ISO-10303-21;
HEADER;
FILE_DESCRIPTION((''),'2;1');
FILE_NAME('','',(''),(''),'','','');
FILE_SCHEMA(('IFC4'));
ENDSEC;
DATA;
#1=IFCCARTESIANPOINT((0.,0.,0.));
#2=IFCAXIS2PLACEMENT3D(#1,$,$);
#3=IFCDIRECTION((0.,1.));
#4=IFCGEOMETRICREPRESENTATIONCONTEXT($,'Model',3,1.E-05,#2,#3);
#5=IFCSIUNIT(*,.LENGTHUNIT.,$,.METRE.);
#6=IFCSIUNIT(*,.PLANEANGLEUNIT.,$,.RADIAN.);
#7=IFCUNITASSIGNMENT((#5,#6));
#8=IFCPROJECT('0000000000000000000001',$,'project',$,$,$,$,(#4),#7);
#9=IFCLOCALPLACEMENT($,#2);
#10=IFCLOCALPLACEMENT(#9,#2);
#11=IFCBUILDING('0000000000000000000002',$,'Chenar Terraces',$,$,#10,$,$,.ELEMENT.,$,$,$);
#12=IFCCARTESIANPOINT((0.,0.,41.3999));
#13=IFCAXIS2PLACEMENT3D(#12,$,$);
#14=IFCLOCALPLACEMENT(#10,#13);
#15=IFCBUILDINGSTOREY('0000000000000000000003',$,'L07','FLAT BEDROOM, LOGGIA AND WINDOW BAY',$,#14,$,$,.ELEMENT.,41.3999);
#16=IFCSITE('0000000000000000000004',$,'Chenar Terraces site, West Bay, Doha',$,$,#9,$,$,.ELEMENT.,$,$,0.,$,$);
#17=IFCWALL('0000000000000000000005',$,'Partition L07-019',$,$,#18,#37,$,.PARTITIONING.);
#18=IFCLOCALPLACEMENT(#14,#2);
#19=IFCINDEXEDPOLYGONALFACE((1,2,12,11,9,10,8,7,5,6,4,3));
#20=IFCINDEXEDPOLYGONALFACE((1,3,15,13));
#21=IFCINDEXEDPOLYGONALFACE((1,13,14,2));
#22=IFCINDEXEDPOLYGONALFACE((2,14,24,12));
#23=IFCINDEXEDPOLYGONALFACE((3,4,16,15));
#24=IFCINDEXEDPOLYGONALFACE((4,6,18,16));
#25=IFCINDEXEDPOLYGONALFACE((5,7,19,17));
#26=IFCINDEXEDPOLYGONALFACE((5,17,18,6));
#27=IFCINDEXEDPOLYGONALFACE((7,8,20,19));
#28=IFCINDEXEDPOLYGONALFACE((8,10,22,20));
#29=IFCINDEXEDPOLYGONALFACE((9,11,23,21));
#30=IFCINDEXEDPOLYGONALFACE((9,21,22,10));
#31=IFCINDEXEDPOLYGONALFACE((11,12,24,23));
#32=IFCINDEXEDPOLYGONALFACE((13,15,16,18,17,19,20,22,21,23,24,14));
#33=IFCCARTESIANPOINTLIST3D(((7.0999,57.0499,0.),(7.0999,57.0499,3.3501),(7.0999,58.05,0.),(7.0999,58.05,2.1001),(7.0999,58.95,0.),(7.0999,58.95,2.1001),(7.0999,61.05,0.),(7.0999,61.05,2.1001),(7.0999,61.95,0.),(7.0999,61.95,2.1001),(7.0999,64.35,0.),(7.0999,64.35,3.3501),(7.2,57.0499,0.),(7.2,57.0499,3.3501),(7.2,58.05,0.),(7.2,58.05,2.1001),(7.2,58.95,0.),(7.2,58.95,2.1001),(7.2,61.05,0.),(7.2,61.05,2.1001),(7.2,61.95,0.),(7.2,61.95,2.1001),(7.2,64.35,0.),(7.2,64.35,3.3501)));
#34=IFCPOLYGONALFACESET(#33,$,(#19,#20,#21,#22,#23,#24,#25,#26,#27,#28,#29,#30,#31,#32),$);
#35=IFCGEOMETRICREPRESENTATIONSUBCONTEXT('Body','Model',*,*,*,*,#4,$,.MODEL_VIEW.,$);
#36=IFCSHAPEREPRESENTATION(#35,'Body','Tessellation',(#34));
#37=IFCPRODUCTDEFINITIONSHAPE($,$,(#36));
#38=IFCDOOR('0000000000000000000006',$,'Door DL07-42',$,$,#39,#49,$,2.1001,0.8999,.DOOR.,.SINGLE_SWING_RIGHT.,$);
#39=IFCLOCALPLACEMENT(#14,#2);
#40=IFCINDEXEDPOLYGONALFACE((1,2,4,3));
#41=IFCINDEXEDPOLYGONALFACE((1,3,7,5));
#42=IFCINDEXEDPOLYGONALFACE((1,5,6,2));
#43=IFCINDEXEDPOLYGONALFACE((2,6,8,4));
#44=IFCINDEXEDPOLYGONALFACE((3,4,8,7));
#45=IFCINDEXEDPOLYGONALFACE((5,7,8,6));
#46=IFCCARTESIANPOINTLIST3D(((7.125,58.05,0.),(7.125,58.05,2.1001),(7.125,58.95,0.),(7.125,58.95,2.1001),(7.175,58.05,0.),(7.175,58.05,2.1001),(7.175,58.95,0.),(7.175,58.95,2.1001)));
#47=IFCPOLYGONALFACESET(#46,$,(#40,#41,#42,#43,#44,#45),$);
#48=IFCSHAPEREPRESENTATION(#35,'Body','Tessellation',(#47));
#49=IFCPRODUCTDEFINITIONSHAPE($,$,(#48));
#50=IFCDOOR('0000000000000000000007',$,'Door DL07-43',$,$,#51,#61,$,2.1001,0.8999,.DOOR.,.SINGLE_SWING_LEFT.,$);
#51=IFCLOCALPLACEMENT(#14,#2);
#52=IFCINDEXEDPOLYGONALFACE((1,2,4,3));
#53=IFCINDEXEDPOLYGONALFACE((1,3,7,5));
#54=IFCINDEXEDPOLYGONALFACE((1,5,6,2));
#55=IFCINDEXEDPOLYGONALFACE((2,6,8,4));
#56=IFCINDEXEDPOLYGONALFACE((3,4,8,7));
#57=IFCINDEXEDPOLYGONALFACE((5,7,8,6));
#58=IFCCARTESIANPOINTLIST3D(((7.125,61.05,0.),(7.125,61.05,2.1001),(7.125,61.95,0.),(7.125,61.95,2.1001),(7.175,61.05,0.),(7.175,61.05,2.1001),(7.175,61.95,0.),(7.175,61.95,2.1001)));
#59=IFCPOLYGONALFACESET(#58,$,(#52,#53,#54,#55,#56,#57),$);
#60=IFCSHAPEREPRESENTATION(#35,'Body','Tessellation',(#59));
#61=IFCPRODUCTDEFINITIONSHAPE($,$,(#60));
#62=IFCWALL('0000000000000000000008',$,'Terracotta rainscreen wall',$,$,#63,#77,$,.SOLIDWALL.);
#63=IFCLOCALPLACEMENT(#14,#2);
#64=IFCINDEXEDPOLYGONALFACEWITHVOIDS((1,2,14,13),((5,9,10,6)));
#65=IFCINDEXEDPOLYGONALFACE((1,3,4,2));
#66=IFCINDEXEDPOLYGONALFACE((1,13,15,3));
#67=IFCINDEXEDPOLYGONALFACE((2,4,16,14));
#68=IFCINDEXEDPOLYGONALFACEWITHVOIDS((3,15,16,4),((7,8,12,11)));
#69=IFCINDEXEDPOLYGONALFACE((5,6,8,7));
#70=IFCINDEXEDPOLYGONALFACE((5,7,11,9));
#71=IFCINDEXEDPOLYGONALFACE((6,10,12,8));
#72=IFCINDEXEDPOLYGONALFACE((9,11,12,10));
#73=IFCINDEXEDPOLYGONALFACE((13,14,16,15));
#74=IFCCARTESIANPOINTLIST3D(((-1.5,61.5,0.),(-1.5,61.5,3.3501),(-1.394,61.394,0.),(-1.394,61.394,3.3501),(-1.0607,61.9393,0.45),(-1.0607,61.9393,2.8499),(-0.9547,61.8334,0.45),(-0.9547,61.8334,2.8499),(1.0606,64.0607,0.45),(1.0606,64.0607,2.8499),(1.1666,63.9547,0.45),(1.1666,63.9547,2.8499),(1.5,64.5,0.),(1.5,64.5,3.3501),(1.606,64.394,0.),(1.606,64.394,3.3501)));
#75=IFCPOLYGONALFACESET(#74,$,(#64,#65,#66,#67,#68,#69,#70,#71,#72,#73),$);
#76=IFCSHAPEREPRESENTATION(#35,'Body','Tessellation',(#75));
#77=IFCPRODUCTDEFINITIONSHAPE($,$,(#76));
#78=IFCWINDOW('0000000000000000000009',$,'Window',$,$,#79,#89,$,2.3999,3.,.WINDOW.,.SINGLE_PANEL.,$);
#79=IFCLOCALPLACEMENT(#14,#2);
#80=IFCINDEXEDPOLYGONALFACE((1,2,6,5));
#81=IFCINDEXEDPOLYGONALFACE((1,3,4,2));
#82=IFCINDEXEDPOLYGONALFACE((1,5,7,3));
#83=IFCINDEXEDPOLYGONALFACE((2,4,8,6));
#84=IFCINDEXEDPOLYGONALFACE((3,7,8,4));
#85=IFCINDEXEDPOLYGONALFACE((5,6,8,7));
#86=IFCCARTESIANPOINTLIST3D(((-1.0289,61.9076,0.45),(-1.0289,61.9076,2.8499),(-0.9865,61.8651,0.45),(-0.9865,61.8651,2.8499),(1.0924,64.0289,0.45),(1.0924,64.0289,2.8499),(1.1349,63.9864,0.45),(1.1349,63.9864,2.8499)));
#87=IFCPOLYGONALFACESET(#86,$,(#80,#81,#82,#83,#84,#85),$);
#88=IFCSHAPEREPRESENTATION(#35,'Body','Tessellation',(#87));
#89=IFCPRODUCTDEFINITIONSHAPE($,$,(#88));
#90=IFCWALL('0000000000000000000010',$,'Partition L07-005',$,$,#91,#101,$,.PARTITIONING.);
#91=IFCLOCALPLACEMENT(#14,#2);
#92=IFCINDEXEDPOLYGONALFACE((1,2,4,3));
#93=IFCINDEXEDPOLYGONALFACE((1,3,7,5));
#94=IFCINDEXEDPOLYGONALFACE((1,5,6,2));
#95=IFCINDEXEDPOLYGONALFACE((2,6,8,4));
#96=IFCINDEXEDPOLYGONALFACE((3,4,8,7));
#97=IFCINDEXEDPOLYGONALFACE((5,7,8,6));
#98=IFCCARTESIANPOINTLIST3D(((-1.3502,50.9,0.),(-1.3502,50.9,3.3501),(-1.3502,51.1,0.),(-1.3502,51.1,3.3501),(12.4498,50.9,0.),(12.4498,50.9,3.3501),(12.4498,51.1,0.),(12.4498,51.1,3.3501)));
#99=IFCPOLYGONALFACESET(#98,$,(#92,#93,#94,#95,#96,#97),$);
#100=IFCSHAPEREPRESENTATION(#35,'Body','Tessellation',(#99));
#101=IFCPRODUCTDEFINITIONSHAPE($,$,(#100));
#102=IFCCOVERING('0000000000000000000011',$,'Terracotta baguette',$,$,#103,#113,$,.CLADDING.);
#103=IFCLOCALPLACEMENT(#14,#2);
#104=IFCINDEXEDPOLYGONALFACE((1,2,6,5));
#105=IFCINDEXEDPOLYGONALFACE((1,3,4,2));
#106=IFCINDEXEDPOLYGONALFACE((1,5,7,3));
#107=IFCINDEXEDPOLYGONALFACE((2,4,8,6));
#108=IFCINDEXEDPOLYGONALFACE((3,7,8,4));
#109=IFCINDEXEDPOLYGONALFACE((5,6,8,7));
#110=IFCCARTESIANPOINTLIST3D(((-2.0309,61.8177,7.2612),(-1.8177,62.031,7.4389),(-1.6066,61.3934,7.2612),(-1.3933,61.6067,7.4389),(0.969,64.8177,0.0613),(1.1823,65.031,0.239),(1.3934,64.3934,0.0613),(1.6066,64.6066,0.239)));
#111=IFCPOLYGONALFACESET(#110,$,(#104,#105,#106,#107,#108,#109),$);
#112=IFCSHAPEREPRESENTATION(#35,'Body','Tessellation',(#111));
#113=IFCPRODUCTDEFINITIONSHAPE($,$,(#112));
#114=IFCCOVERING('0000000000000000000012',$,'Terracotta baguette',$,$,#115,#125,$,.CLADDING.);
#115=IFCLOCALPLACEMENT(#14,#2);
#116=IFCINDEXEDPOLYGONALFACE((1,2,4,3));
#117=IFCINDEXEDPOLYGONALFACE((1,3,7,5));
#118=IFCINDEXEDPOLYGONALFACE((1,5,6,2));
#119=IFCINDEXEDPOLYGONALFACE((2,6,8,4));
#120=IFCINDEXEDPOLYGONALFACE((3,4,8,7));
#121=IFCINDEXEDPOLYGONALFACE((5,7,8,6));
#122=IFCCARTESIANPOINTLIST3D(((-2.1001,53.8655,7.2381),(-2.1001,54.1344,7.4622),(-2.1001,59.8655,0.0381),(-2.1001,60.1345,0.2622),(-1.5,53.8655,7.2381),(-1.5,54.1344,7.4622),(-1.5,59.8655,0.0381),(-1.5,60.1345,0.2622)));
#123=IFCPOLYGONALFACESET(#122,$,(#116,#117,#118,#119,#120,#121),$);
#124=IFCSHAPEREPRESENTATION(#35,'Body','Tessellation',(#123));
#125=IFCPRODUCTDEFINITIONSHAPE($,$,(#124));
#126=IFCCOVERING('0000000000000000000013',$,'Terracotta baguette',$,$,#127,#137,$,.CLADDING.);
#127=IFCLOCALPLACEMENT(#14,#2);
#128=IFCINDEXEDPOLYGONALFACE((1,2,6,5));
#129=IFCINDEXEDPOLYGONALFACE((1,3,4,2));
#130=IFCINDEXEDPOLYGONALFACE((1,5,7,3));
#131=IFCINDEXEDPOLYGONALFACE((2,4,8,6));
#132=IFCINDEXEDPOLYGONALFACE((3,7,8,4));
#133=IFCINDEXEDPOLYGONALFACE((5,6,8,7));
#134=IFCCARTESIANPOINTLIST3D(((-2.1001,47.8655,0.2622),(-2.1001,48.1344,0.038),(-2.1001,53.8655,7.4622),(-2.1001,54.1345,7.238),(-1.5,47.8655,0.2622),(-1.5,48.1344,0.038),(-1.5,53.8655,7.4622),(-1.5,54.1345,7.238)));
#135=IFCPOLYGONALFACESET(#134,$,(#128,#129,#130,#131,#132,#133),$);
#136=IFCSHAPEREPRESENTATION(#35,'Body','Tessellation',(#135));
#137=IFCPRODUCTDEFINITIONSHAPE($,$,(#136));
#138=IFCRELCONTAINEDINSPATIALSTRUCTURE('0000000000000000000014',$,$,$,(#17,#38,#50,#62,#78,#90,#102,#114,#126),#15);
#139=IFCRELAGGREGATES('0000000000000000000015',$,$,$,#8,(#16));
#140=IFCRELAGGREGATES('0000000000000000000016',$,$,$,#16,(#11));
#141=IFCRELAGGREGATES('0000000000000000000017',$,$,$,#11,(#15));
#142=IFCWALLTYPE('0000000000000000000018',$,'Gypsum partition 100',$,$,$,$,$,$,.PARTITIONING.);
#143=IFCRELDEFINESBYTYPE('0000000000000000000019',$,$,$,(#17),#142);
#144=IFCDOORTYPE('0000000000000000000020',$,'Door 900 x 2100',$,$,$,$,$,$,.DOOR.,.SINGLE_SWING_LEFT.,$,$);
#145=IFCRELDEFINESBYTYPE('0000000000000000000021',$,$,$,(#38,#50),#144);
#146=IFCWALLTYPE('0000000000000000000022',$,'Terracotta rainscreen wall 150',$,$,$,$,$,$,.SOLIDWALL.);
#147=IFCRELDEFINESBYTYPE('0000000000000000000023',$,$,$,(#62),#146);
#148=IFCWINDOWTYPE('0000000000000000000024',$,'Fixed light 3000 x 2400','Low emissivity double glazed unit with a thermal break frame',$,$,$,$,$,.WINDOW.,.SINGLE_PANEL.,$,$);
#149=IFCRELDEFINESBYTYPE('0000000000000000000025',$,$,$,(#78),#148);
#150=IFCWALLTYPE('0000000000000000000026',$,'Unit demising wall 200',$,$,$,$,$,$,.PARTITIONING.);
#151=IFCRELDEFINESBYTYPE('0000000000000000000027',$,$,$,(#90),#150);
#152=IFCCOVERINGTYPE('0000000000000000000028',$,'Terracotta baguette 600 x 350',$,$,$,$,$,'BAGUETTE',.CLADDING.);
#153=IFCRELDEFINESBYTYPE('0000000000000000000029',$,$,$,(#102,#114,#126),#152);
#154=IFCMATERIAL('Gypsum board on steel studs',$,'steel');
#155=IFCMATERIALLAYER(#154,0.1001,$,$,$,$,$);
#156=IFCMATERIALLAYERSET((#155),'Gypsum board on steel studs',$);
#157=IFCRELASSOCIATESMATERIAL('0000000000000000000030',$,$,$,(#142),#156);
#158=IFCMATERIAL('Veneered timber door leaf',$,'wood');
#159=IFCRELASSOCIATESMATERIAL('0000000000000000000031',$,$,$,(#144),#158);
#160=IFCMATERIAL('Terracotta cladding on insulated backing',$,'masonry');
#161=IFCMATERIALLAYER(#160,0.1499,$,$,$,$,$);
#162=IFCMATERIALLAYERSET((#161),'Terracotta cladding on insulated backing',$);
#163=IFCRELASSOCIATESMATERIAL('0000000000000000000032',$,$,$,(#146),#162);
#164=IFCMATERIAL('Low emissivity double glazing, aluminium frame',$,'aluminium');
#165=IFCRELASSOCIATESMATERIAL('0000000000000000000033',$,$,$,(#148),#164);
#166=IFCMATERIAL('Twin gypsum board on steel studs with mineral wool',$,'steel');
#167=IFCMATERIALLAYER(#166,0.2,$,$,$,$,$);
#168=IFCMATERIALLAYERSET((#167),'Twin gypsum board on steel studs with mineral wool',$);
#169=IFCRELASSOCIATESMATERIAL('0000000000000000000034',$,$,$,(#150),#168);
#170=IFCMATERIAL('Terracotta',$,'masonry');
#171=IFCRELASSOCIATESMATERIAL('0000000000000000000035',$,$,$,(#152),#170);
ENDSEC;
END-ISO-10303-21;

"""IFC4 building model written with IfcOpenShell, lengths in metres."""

from ifc_helpers import new_model, si_unit, direction, frame, frame_2d, origin, origin_2d, place, context, subcontext, project, spatial, rectangle, extrude, material, layer, layer_set, material_profile, profile_set, type_object, element, fill, save


model = new_model("IFC4")

# Units and contexts
model_context = context("Model", 3, precision=1e-05, world=origin(), true_north=direction((0.0, 1.0)))
body_context = subcontext(model_context, "Body", "Model", "MODEL_VIEW")
ifc_project = project(units=[si_unit("LENGTHUNIT", "METRE"), si_unit("PLANEANGLEUNIT", "RADIAN")], contexts=[model_context])

# Site, building, storey
site_placement = place(None, origin())
site = spatial("IfcSite", under=ifc_project, at=site_placement, Name="Chenar Terraces site, West Bay, Doha", CompositionType="ELEMENT", RefElevation=0.0)
building_placement = place(site_placement, origin())
building = spatial("IfcBuilding", under=site, at=building_placement, Name="Chenar Terraces", CompositionType="ELEMENT")
storey_placement = place(building_placement, frame((0.0, 0.0, 41.3999)))
storey = spatial("IfcBuildingStorey", under=building, at=storey_placement, Name="L07", Description="FLAT BEDROOM, LOGGIA AND WINDOW BAY", CompositionType="ELEMENT", Elevation=41.3999)

# Shared definitions
ifc_material_1 = material(Name="Gypsum board on steel studs", Category="steel")
ifc_layer_1 = layer(ifc_material_1, 0.1001)
ifc_layer_set_1 = layer_set([ifc_layer_1], Name="Gypsum board on steel studs")
wall_type_1 = type_object("IfcWallType", Name="Gypsum partition 100", PredefinedType="PARTITIONING", material=ifc_layer_set_1)

# Wall, openings, doors
wall_1_placement = place(storey_placement, frame((7.1499, 57.05, 0.0), z_axis=(0.0, 0.0, 1.0), x_axis=(0.0, 1.0, 0.0)))
wall_1 = element("IfcWall", 1, at=wall_1_placement, inside=storey, type_object=wall_type_1, Name="Partition L07-019", PredefinedType="PARTITIONING", context=body_context, shape_type="SweptSolid", body=[
    extrude(rectangle(XDim=7.3, YDim=0.1001, at=frame_2d((3.6499, 0.0))), origin(), (0.0, 0.0, 1.0), 3.3501),
])
opening_1_placement = place(wall_1_placement, frame((1.0, 0.0, 0.0)))
opening_1 = element("IfcOpeningElement", 2, at=opening_1_placement, cuts=wall_1, PredefinedType="OPENING", context=body_context, shape_type="SweptSolid", body=[
    extrude(rectangle(XDim=0.8999, YDim=2.1001, at=frame_2d((0.45, 1.05))), frame((0.0, 0.0601, 0.0), z_axis=(0.0, -1.0, 0.0), x_axis=(1.0, 0.0, 0.0)), (0.0, 0.0, 1.0), 0.1201),
])
opening_2_placement = place(wall_1_placement, frame((4.0, 0.0, 0.0)))
opening_2 = element("IfcOpeningElement", 3, at=opening_2_placement, cuts=wall_1, PredefinedType="OPENING", context=body_context, shape_type="SweptSolid", body=[
    extrude(rectangle(XDim=0.8999, YDim=2.1001, at=frame_2d((0.45, 1.05))), frame((0.0, 0.0601, 0.0), z_axis=(0.0, -1.0, 0.0), x_axis=(1.0, 0.0, 0.0)), (0.0, 0.0, 1.0), 0.1201),
])
ifc_material_2 = material(Name="Veneered timber door leaf", Category="wood")
door_type = type_object("IfcDoorType", Name="Door 900 x 2100", OperationType="SINGLE_SWING_LEFT", PredefinedType="DOOR", material=ifc_material_2)
door_1_placement = place(opening_1_placement, origin())
door_1 = element("IfcDoor", 4, at=door_1_placement, inside=storey, type_object=door_type, Name="Door DL07-42", OperationType="SINGLE_SWING_RIGHT", OverallHeight=2.1001, OverallWidth=0.8999, PredefinedType="DOOR", context=body_context, shape_type="SweptSolid", body=[
    extrude(rectangle(XDim=0.8999, YDim=2.1001, at=frame_2d((0.45, 1.05))), frame((0.0, 0.0249, 0.0), z_axis=(0.0, -1.0, 0.0), x_axis=(1.0, 0.0, 0.0)), (0.0, 0.0, 1.0), 0.05),
])
fill(opening_1, door_1)
door_2_placement = place(opening_2_placement, origin())
door_2 = element("IfcDoor", 5, at=door_2_placement, inside=storey, type_object=door_type, Name="Door DL07-43", OperationType="SINGLE_SWING_LEFT", OverallHeight=2.1001, OverallWidth=0.8999, PredefinedType="DOOR", context=body_context, shape_type="SweptSolid", body=[
    extrude(rectangle(XDim=0.8999, YDim=2.1001, at=frame_2d((0.45, 1.05))), frame((0.0, 0.0249, 0.0), z_axis=(0.0, -1.0, 0.0), x_axis=(1.0, 0.0, 0.0)), (0.0, 0.0, 1.0), 0.05),
])
fill(opening_2, door_2)

# Wall, opening, window
ifc_material_3 = material(Name="Terracotta cladding on insulated backing", Category="masonry")
ifc_layer_2 = layer(ifc_material_3, 0.1499)
ifc_layer_set_2 = layer_set([ifc_layer_2], Name="Terracotta cladding on insulated backing")
wall_type_2 = type_object("IfcWallType", Name="Terracotta rainscreen wall 150", PredefinedType="SOLIDWALL", material=ifc_layer_set_2)
wall_2_placement = place(storey_placement, frame((1.553, 64.447, 0.0), z_axis=(0.0, 0.0, 1.0), x_axis=(-0.707107, -0.707107, 0.0)))
wall_2 = element("IfcWall", 6, at=wall_2_placement, inside=storey, type_object=wall_type_2, Name="Terracotta rainscreen wall", PredefinedType="SOLIDWALL", context=body_context, shape_type="SweptSolid", body=[
    extrude(rectangle(XDim=4.2427, YDim=0.1499, at=frame_2d((2.1213, 0.0))), origin(), (0.0, 0.0, 1.0), 3.3501),
])
opening_3_placement = place(wall_2_placement, frame((0.6213, 0.0, 0.45)))
opening_3 = element("IfcOpeningElement", 7, at=opening_3_placement, cuts=wall_2, PredefinedType="OPENING", context=body_context, shape_type="SweptSolid", body=[
    extrude(rectangle(XDim=3.0, YDim=2.3999, at=frame_2d((1.5, 1.2))), frame((0.0, 0.085, 0.0), z_axis=(0.0, -1.0, 0.0), x_axis=(1.0, 0.0, 0.0)), (0.0, 0.0, 1.0), 0.1699),
])
ifc_material_4 = material(Name="Low emissivity double glazing, aluminium frame", Category="aluminium")
window_type_1 = type_object("IfcWindowType", Name="Fixed light 3000 x 2400", Description="Low emissivity double glazed unit with a thermal break frame", PartitioningType="SINGLE_PANEL", PredefinedType="WINDOW", material=ifc_material_4)
window_1_placement = place(opening_3_placement, origin())
window_1 = element("IfcWindow", 8, at=window_1_placement, inside=storey, type_object=window_type_1, Name="Window", OverallHeight=2.3999, OverallWidth=3.0, PartitioningType="SINGLE_PANEL", PredefinedType="WINDOW", context=body_context, shape_type="SweptSolid", body=[
    extrude(rectangle(XDim=3.0, YDim=2.3999, at=frame_2d((1.5, 1.2))), frame((0.0, 0.03, 0.0), z_axis=(0.0, -1.0, 0.0), x_axis=(1.0, 0.0, 0.0)), (0.0, 0.0, 1.0), 0.0601),
])
fill(opening_3, window_1)

# Wall
ifc_material_5 = material(Name="Twin gypsum board on steel studs with mineral wool", Category="steel")
ifc_layer_3 = layer(ifc_material_5, 0.2)
ifc_layer_set_3 = layer_set([ifc_layer_3], Name="Twin gypsum board on steel studs with mineral wool")
wall_type_3 = type_object("IfcWallType", Name="Unit demising wall 200", PredefinedType="PARTITIONING", material=ifc_layer_set_3)
wall_3_placement = place(storey_placement, frame((-1.3501, 51.0, 0.0), z_axis=(0.0, 0.0, 1.0), x_axis=(1.0, 0.0, 0.0)))
element("IfcWall", 9, at=wall_3_placement, inside=storey, type_object=wall_type_3, Name="Partition L07-005", PredefinedType="PARTITIONING", context=body_context, shape_type="SweptSolid", body=[
    extrude(rectangle(XDim=13.8, YDim=0.2, at=frame_2d((6.8999, 0.0))), origin(), (0.0, 0.0, 1.0), 3.3501),
])

# Coverings
ifc_material_6 = material(Name="Terracotta", Category="masonry")
ifc_material_profile_1 = material_profile(ifc_material_6, rectangle(XDim=0.6001, YDim=0.3501, at=origin_2d()), Name="Terracotta baguette 600 x 350")
ifc_profile_set_1 = profile_set([ifc_material_profile_1], Name="Terracotta")
covering_type = type_object("IfcCoveringType", Name="Terracotta baguette 600 x 350", ElementType="BAGUETTE", PredefinedType="CLADDING", material=ifc_profile_set_1)
covering_placement = place(storey_placement, frame((1.2878, 64.7122, 0.1501), z_axis=(-0.358981, -0.358981, 0.861548), x_axis=(0.707107, -0.707107, 0.0)))
element("IfcCovering", 10, at=covering_placement, inside=storey, type_object=covering_type, Name="Terracotta baguette", PredefinedType="CLADDING", context=body_context, shape_type="SweptSolid", body=[
    extrude(rectangle(XDim=0.6001, YDim=0.3501, at=origin_2d()), origin(), (0.0, 0.0, 1.0), 8.3569),
])
for number, where, z_axis, x_axis, name in (
    (11, (-1.8, 60.0, 0.1501), (0.0, -0.640187, 0.768219), (1.0, 0.0, 0.0), "Terracotta baguette"),
    (12, (-1.8, 54.0, 7.3501), (0.0, -0.640187, -0.768219), (1.0, 0.0, 0.0), "Terracotta baguette"),
):
    element("IfcCovering", number, at=place(storey_placement, frame(where, z_axis=z_axis, x_axis=x_axis)), inside=storey, type_object=covering_type, Name=name, PredefinedType="CLADDING", context=body_context, shape_type="SweptSolid", body=[
        extrude(rectangle(XDim=0.6001, YDim=0.3501, at=origin_2d()), origin(), (0.0, 0.0, 1.0), 9.3723),
    ])

save(model, "model.ifc")
